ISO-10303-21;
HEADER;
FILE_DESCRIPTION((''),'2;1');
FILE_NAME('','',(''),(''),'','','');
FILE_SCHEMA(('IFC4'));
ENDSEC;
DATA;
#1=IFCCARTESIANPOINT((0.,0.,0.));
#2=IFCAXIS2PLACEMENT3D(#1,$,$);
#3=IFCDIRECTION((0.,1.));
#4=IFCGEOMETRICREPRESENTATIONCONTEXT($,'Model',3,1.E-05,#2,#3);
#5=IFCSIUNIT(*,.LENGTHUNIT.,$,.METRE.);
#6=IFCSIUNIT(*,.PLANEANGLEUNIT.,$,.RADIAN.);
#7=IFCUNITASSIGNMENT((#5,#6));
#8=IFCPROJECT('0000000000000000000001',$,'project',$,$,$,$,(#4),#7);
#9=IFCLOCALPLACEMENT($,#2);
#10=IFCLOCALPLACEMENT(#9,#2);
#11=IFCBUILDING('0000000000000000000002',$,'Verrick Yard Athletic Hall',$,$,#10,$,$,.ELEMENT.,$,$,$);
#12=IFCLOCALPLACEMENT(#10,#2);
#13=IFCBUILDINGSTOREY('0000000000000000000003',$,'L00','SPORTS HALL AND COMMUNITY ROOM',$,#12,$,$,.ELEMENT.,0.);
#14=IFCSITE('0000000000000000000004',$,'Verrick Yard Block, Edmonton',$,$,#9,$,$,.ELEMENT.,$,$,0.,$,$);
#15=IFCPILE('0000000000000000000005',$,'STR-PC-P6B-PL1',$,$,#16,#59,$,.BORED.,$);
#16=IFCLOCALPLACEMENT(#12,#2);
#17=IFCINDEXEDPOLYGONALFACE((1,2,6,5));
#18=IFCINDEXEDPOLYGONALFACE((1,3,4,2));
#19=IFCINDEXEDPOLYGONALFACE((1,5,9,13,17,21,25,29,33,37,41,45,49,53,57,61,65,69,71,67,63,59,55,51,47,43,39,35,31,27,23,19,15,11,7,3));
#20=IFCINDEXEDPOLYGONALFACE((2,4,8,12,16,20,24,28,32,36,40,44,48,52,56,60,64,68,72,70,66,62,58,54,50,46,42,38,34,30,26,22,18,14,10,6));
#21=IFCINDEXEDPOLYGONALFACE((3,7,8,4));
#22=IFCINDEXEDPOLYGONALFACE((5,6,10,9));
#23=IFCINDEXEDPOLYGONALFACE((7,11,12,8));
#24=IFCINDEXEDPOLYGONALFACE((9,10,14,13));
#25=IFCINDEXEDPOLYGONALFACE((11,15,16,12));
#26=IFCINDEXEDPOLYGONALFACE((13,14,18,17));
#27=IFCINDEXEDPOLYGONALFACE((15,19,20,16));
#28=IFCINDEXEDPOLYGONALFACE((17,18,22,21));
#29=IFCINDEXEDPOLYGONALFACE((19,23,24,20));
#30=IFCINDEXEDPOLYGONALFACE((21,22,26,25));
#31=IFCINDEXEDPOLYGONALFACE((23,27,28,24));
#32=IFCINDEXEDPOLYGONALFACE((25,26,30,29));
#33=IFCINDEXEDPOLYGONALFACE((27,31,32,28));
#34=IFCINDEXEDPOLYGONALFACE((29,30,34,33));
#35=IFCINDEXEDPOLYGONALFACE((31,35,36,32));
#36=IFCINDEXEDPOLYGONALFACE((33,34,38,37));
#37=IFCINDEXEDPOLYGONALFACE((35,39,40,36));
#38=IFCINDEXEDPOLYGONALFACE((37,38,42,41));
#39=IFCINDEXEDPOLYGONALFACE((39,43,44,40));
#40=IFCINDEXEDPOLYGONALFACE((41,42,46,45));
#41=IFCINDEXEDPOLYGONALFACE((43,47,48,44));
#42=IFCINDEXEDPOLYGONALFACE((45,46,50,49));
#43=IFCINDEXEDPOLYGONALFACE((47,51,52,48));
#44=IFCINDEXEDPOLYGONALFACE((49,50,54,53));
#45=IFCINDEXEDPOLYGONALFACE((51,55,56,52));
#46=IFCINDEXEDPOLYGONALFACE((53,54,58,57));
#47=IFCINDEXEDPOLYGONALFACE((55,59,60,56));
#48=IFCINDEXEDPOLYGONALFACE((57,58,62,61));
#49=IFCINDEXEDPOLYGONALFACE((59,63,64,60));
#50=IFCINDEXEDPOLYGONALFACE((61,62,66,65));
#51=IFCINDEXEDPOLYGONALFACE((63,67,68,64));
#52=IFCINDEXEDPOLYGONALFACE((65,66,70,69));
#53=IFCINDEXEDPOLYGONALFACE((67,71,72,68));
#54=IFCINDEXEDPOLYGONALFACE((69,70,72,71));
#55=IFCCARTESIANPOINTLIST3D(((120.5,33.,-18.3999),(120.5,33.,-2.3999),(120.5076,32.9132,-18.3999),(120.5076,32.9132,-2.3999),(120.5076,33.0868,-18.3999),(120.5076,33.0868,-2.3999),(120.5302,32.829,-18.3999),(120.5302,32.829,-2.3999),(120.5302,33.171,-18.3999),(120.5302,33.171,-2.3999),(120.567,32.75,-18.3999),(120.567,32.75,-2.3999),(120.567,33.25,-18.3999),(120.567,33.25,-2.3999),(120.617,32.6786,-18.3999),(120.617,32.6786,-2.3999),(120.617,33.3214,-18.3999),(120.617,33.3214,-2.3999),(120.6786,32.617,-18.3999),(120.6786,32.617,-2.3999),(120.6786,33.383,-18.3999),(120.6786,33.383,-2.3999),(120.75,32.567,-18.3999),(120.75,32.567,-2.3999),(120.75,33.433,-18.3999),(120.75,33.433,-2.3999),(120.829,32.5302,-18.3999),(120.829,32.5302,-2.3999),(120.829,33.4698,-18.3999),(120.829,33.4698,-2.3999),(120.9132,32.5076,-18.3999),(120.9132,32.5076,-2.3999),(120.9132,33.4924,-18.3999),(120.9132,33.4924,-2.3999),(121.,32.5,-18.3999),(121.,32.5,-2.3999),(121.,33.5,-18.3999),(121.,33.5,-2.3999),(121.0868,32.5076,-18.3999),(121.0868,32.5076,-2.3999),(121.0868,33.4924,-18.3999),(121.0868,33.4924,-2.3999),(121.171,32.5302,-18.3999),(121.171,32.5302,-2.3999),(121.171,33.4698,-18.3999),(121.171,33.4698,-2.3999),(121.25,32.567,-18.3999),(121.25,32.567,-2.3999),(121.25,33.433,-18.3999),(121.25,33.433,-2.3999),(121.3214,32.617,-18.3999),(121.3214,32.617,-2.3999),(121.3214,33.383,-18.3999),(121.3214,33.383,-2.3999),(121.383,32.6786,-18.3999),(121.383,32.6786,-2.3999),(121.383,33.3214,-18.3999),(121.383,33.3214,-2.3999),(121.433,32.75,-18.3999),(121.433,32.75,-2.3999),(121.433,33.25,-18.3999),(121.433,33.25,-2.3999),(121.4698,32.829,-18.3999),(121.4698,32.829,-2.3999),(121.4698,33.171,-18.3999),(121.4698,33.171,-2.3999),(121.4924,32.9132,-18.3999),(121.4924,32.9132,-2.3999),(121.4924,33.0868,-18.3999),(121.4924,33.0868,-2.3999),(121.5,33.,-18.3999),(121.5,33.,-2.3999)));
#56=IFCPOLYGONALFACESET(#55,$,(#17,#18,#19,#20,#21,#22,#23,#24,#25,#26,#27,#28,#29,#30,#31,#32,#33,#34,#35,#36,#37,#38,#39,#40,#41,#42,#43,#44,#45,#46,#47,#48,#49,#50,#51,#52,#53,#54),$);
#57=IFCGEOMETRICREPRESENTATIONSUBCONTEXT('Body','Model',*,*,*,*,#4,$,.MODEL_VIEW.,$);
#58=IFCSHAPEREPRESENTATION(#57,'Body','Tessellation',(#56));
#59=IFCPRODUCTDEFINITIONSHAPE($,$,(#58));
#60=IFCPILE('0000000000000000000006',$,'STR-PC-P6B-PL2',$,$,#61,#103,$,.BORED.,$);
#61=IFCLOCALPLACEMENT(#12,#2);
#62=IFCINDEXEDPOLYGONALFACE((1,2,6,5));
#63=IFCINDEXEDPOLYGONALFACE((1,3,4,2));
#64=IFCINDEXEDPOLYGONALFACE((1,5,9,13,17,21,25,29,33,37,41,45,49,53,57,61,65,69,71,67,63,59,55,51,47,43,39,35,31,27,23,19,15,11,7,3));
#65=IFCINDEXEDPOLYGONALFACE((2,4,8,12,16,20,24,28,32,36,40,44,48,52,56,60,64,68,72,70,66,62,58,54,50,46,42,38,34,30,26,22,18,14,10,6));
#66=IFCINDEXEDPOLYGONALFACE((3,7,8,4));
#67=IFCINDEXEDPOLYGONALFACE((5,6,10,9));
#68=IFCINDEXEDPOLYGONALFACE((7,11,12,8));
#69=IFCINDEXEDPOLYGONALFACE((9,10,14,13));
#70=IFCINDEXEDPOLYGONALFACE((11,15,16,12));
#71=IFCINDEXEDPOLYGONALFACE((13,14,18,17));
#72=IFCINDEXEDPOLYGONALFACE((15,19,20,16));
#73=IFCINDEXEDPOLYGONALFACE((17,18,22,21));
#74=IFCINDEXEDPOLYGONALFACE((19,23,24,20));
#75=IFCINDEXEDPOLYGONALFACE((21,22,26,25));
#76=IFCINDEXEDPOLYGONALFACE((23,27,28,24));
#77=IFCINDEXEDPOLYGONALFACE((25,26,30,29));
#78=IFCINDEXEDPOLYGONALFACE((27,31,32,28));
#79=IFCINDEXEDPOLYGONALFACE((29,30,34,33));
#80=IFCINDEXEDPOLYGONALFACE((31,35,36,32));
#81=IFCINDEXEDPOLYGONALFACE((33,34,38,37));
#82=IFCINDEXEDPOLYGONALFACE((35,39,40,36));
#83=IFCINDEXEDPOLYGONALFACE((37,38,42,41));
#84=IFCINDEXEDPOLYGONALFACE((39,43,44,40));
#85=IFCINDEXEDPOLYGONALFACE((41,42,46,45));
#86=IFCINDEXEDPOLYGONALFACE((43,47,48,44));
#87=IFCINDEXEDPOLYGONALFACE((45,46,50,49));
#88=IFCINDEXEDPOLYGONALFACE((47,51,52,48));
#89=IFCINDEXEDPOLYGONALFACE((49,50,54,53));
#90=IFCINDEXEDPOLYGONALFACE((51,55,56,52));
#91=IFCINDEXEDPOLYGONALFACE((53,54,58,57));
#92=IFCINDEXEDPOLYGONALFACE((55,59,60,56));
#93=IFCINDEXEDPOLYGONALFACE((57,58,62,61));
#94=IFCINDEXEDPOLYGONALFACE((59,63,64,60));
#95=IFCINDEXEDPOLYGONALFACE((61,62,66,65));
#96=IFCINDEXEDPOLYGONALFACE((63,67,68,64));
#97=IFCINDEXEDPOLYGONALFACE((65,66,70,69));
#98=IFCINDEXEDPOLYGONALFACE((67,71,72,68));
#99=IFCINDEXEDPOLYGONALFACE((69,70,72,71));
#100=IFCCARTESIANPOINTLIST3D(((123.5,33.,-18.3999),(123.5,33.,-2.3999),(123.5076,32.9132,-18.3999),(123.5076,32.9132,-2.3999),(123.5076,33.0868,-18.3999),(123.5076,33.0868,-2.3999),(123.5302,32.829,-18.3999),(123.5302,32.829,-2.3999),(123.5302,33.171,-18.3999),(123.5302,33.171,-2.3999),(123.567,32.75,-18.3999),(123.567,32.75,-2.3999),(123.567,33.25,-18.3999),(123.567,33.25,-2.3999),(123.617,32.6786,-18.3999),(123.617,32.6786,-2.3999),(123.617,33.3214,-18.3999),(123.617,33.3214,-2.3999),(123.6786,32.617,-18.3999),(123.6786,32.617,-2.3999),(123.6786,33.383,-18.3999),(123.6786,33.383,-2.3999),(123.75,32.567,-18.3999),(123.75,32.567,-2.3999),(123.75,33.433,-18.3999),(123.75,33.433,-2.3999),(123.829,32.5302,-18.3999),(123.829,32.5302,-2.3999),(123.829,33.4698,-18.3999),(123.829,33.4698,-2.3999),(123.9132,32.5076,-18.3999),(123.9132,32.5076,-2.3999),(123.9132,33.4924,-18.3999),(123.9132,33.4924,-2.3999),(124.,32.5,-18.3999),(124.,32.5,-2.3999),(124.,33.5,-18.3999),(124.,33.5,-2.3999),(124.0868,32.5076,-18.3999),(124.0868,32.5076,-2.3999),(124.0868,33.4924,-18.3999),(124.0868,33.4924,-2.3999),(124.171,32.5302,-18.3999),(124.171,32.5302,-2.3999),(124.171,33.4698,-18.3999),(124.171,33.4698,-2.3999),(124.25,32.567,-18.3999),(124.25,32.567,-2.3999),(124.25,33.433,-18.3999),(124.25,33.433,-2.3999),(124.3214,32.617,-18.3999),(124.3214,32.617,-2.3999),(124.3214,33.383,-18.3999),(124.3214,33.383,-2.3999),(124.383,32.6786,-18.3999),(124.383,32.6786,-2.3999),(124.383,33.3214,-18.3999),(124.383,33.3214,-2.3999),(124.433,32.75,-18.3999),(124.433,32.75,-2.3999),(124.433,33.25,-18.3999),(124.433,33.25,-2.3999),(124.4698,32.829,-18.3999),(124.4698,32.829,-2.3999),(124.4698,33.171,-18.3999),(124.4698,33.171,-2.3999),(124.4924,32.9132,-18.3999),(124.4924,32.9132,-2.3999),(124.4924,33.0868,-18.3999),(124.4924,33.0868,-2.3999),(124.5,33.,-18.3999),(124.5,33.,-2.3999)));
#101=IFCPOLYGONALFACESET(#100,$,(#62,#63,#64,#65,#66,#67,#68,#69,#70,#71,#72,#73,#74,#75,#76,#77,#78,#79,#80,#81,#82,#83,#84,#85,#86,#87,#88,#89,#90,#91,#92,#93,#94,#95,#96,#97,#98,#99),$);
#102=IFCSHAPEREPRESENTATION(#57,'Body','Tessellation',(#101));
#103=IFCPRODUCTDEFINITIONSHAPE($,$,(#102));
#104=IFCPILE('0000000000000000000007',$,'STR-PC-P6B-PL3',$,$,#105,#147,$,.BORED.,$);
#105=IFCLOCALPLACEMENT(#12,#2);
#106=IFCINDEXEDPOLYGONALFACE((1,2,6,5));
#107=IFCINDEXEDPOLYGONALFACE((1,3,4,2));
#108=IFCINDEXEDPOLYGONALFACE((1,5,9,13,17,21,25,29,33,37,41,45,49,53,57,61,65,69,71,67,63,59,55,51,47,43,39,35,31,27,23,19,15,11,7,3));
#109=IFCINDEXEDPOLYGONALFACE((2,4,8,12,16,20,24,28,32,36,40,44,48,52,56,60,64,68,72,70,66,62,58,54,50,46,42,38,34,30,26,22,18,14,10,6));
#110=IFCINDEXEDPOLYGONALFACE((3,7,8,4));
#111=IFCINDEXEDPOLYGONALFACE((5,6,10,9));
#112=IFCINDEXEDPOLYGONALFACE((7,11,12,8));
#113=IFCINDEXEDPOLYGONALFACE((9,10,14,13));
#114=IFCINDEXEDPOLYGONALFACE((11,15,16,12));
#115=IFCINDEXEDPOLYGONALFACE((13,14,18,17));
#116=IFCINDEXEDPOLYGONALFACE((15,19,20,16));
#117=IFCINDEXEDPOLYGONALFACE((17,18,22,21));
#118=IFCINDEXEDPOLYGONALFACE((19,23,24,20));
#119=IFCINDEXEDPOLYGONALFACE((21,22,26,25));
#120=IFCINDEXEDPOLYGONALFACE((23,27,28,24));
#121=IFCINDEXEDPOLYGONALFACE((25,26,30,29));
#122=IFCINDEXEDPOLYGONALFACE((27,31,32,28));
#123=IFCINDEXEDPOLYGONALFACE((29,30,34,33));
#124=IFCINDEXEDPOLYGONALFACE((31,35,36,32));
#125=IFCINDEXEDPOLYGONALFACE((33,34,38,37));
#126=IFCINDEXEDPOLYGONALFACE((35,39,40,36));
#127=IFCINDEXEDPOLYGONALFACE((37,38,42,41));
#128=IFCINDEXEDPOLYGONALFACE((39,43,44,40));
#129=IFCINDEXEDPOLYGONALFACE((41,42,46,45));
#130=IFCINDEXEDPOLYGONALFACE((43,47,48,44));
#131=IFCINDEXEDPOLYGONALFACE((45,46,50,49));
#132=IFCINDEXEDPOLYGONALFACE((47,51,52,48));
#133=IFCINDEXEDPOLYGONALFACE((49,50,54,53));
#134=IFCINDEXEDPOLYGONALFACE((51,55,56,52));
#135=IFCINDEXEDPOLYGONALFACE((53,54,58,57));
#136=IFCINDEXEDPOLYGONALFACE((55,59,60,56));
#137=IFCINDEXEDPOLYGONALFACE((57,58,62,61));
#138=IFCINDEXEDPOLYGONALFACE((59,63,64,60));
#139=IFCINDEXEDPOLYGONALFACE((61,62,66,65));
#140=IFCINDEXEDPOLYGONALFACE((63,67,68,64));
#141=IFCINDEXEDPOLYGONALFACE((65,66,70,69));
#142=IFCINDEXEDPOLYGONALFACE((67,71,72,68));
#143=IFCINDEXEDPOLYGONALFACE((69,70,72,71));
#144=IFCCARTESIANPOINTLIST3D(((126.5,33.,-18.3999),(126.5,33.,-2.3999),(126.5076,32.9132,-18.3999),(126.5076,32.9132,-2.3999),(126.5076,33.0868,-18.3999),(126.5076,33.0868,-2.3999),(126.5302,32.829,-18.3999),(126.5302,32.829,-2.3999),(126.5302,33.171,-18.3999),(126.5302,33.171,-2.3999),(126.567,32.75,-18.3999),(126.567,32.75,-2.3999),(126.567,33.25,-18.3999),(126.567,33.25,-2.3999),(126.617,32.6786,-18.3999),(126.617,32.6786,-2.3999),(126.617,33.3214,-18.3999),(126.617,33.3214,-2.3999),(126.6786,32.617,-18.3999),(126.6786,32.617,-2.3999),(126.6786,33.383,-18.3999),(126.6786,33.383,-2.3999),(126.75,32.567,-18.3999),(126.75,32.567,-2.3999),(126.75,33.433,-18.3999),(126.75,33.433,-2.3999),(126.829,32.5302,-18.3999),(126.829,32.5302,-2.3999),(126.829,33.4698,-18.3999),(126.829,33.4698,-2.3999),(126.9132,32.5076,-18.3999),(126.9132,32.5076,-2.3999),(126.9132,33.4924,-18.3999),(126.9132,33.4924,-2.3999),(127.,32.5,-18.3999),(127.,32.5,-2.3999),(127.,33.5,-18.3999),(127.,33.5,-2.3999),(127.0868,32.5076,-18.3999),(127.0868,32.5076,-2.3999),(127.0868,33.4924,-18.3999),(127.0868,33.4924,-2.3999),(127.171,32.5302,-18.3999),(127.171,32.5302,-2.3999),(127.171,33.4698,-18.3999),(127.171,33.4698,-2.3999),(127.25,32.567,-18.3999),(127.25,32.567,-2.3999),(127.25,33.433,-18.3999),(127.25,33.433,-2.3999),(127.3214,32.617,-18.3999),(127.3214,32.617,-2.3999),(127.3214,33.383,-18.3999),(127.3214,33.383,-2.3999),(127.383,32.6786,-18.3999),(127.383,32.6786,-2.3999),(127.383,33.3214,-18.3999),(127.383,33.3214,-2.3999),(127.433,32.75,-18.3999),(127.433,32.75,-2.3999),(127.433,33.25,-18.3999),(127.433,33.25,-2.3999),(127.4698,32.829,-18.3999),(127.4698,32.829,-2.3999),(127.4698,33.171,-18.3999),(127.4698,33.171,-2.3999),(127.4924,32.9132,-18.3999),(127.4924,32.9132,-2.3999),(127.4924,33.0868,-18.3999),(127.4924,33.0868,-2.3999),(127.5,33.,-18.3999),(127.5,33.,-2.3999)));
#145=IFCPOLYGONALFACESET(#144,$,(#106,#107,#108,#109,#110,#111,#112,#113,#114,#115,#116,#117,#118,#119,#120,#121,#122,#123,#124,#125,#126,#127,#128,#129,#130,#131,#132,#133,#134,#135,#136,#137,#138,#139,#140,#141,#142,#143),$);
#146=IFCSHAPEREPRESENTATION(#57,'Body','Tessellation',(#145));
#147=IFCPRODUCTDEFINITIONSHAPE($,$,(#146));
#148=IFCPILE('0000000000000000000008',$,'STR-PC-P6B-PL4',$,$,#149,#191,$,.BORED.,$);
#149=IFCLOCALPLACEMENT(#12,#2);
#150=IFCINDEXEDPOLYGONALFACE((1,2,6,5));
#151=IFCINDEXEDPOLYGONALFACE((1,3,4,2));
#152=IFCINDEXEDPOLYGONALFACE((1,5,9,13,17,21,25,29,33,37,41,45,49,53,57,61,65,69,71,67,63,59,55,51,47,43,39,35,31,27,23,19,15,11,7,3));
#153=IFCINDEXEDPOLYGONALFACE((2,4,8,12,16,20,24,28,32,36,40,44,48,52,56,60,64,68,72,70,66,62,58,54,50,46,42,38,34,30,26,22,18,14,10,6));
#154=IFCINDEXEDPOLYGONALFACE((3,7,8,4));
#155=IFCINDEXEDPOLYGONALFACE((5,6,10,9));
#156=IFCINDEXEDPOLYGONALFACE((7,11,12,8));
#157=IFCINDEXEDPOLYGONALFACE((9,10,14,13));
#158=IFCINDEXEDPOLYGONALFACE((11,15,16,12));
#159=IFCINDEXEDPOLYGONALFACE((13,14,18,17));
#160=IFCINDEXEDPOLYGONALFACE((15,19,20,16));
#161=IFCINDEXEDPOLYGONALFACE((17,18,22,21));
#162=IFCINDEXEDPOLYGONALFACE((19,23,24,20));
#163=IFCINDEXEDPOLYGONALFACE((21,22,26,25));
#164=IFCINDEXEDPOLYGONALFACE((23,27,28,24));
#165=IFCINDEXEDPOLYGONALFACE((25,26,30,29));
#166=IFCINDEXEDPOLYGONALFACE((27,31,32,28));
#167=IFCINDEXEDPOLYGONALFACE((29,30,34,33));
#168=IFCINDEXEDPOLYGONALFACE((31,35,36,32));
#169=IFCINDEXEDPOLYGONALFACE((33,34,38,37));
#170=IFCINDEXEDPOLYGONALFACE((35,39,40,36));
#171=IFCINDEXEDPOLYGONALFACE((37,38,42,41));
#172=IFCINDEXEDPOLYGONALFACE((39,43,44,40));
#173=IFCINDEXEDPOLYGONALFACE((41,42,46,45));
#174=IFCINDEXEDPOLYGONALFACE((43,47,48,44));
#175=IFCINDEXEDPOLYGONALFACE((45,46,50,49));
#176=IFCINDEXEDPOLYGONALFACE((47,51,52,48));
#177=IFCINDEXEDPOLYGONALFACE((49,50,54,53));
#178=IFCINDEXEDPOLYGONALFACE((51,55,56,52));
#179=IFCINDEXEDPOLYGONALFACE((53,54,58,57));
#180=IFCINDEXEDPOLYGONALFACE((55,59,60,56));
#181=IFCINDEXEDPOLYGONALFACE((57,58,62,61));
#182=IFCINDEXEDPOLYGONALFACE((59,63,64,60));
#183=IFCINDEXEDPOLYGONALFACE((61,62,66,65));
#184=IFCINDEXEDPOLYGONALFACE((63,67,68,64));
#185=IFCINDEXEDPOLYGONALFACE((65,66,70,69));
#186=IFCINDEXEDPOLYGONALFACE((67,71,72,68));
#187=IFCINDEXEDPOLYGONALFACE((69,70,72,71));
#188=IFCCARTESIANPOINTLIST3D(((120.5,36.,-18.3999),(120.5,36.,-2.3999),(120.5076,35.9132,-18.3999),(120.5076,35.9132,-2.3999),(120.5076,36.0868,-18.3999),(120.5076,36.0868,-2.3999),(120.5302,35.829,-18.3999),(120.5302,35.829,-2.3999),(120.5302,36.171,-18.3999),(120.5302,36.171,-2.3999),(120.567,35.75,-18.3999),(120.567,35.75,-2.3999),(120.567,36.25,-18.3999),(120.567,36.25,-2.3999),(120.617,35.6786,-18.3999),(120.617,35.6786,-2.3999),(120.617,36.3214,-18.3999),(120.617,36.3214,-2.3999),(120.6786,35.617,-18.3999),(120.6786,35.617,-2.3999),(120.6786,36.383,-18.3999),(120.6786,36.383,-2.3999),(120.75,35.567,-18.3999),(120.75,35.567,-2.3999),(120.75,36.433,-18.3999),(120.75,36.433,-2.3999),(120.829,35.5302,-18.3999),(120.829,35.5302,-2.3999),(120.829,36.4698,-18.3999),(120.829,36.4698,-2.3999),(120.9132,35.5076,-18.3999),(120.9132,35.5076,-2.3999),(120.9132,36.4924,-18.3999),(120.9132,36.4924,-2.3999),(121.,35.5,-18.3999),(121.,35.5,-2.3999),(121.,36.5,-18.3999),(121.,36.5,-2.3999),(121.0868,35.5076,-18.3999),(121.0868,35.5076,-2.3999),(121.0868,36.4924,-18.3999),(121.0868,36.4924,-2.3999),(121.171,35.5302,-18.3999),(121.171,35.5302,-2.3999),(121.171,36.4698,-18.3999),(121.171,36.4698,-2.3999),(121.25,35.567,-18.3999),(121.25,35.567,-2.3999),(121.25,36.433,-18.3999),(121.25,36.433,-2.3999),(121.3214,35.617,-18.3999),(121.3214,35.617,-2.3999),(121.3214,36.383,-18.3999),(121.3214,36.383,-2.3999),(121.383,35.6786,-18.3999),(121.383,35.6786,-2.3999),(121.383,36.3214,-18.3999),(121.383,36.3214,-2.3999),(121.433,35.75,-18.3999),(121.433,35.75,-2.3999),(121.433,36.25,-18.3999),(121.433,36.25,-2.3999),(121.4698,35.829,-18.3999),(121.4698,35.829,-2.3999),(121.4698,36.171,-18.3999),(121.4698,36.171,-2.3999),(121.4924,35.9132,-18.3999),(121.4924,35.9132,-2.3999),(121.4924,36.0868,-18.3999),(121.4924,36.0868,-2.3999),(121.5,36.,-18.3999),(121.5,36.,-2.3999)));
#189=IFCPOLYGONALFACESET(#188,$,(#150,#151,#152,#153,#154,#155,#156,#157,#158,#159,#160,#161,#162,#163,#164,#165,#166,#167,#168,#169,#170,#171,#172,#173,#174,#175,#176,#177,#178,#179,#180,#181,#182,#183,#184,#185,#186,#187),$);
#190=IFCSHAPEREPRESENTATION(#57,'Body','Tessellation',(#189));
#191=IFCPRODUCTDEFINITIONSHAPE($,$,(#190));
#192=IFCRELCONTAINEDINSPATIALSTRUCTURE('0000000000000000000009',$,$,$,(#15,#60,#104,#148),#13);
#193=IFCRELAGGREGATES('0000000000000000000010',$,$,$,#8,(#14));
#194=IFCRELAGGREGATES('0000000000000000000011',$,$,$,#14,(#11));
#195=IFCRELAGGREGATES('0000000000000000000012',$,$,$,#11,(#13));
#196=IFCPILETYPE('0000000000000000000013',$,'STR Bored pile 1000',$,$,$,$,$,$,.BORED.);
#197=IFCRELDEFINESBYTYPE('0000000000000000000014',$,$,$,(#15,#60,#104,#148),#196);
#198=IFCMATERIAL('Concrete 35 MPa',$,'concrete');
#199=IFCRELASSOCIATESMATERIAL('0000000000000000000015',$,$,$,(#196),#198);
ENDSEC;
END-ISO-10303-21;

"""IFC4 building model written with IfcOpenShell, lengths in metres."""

from ifc_helpers import new_model, si_unit, direction, frame, origin, origin_2d, place, context, subcontext, project, spatial, circle, extrude, material, type_object, element, save


model = new_model("IFC4")

# Units and contexts
model_context = context("Model", 3, precision=1e-05, world=origin(), true_north=direction((0.0, 1.0)))
body_context = subcontext(model_context, "Body", "Model", "MODEL_VIEW")
ifc_project = project(units=[si_unit("LENGTHUNIT", "METRE"), si_unit("PLANEANGLEUNIT", "RADIAN")], contexts=[model_context])

# Site, building, storey
site_placement = place(None, origin())
site = spatial("IfcSite", under=ifc_project, at=site_placement, Name="Verrick Yard Block, Edmonton", CompositionType="ELEMENT", RefElevation=0.0)
building_placement = place(site_placement, origin())
building = spatial("IfcBuilding", under=site, at=building_placement, Name="Verrick Yard Athletic Hall", CompositionType="ELEMENT")
storey_placement = place(building_placement, origin())
storey = spatial("IfcBuildingStorey", under=building, at=storey_placement, Name="L00", Description="SPORTS HALL AND COMMUNITY ROOM", CompositionType="ELEMENT", Elevation=0.0)

# Piles
ifc_material_1 = material(Name="Concrete 35 MPa", Category="concrete")
pile_type = type_object("IfcPileType", Name="STR Bored pile 1000", PredefinedType="BORED", material=ifc_material_1)
for number, where, z_axis, x_axis, name in (
    (1, (121.0, 33.0, -2.3999), (0.0, 0.0, -1.0), (1.0, 0.0, 0.0), "STR-PC-P6B-PL1"),
    (2, (124.0, 33.0, -2.3999), (0.0, 0.0, -1.0), (1.0, 0.0, 0.0), "STR-PC-P6B-PL2"),
    (3, (127.0, 33.0, -2.3999), (0.0, 0.0, -1.0), (1.0, 0.0, 0.0), "STR-PC-P6B-PL3"),
    (4, (121.0, 36.0, -2.3999), (0.0, 0.0, -1.0), (1.0, 0.0, 0.0), "STR-PC-P6B-PL4"),
):
    element("IfcPile", number, at=place(storey_placement, frame(where, z_axis=z_axis, x_axis=x_axis)), inside=storey, type_object=pile_type, Name=name, PredefinedType="BORED", context=body_context, shape_type="SweptSolid", body=[
        extrude(circle(Radius=0.5, at=origin_2d()), origin(), (0.0, 0.0, 1.0), 16.0),
    ])

save(model, "model.ifc")
